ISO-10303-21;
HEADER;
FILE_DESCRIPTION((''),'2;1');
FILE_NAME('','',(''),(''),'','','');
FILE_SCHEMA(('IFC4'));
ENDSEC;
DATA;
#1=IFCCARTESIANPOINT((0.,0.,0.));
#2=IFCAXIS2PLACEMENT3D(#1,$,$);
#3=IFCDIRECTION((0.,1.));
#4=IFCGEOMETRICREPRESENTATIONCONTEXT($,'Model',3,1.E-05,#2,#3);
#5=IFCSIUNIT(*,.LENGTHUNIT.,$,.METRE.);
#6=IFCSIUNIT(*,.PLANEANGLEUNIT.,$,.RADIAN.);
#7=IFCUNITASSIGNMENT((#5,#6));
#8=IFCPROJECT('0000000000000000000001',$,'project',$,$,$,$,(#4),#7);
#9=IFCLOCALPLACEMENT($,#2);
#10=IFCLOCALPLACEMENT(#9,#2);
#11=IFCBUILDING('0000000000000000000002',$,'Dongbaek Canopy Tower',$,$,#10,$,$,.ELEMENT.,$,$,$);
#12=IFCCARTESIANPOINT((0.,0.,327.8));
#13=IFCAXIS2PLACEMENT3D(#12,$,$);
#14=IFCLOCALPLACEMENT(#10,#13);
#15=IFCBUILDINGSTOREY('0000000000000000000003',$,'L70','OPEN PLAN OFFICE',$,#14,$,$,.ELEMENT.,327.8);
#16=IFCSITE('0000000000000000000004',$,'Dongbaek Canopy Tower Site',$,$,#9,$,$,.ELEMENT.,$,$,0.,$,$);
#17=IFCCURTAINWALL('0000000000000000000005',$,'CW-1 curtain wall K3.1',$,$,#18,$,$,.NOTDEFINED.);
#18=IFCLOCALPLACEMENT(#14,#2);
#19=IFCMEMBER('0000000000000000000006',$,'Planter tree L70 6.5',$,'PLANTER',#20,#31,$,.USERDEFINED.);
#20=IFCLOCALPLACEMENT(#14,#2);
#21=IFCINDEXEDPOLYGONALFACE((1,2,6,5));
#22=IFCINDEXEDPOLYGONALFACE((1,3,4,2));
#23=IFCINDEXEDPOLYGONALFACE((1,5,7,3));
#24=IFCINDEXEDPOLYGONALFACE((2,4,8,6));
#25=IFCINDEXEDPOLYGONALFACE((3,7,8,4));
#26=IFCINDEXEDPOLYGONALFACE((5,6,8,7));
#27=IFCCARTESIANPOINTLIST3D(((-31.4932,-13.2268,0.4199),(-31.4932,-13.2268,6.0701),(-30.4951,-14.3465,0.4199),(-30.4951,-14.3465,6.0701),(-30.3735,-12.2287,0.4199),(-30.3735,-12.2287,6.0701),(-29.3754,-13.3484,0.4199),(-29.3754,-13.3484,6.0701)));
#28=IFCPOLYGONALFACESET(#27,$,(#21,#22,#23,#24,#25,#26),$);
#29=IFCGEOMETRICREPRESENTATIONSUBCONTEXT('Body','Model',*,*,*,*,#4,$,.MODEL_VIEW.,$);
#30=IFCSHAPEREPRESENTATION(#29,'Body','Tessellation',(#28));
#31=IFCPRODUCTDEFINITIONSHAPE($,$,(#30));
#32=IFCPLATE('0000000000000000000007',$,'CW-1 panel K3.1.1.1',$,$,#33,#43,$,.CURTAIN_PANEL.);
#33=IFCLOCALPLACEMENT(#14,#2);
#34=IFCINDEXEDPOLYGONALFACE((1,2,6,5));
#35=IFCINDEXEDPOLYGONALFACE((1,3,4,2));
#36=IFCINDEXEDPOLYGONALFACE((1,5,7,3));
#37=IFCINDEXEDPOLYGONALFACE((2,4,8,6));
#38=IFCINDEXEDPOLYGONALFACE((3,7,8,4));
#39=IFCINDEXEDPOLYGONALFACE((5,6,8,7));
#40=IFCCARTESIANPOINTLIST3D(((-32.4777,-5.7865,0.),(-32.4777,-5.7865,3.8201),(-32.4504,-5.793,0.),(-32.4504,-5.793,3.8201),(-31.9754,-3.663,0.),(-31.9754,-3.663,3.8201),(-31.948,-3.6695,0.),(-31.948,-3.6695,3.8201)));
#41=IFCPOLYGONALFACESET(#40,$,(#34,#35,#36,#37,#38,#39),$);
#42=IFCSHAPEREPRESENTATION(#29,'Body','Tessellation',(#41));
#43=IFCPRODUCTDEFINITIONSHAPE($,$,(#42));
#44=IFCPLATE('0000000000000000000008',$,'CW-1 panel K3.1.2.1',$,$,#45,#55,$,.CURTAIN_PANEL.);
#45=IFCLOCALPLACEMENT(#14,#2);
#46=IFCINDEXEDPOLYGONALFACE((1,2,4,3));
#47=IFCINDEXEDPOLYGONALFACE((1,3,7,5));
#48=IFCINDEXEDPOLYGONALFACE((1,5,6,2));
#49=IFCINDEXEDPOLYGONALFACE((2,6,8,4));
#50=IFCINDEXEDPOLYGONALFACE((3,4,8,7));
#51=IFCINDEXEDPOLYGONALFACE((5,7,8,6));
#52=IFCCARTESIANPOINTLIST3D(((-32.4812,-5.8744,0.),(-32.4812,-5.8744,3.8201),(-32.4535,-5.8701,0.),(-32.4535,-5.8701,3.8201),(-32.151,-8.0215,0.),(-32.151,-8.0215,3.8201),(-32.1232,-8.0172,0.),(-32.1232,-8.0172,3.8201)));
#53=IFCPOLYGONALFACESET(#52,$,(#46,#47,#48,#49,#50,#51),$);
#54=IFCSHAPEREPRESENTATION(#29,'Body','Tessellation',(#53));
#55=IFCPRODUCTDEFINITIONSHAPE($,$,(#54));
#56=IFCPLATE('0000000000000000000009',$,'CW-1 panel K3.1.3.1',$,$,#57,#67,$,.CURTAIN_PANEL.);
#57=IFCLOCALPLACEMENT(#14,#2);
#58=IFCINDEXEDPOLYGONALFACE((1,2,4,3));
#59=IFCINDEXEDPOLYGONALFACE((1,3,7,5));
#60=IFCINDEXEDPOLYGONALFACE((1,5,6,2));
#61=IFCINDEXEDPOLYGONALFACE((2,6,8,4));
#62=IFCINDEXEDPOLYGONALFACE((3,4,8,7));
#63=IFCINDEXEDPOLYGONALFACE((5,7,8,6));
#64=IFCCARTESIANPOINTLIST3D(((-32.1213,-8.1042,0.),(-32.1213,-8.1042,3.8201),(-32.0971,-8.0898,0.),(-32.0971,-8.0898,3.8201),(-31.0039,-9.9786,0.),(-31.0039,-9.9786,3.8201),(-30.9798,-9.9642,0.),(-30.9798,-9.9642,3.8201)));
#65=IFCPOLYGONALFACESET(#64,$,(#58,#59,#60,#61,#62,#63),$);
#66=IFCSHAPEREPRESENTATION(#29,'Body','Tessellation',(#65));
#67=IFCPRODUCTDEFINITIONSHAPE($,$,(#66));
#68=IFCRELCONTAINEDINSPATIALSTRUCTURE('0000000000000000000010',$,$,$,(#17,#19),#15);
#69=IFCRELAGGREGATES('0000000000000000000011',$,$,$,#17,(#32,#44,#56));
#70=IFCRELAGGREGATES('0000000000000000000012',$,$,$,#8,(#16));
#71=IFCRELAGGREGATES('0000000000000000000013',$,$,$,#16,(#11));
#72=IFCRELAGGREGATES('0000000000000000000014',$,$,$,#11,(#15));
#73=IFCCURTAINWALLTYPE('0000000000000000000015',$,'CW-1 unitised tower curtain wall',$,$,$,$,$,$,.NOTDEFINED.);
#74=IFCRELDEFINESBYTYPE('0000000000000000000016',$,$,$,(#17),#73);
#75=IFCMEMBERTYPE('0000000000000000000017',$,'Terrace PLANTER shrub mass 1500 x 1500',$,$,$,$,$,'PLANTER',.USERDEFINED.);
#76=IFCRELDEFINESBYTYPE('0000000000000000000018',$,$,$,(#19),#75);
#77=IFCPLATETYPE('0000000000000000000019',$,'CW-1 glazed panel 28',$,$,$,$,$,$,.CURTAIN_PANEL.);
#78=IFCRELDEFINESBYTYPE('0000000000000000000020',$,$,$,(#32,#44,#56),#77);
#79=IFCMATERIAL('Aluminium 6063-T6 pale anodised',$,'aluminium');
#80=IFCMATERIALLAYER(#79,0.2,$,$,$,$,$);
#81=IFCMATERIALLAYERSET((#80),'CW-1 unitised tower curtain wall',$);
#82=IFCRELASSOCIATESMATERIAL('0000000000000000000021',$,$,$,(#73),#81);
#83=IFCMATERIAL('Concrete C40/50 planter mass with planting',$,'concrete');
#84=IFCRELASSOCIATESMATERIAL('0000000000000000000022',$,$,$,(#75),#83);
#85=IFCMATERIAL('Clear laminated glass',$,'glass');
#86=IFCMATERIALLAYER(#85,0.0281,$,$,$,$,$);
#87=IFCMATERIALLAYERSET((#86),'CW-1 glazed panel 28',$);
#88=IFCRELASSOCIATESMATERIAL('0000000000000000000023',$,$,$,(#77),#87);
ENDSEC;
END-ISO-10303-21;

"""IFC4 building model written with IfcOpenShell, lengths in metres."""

from ifc_helpers import new_model, si_unit, direction, frame, origin, origin_2d, place, context, subcontext, project, spatial, rectangle, extrude, material, layer, layer_set, material_profile, profile_set, type_object, element, aggregate, save


model = new_model("IFC4")

# Units and contexts
model_context = context("Model", 3, precision=1e-05, world=origin(), true_north=direction((0.0, 1.0)))
body_context = subcontext(model_context, "Body", "Model", "MODEL_VIEW")
ifc_project = project(units=[si_unit("LENGTHUNIT", "METRE"), si_unit("PLANEANGLEUNIT", "RADIAN")], contexts=[model_context])

# Site, building, storey
site_placement = place(None, origin())
site = spatial("IfcSite", under=ifc_project, at=site_placement, Name="Dongbaek Canopy Tower Site", CompositionType="ELEMENT", RefElevation=0.0)
building_placement = place(site_placement, origin())
building = spatial("IfcBuilding", under=site, at=building_placement, Name="Dongbaek Canopy Tower", CompositionType="ELEMENT")
storey_placement = place(building_placement, frame((0.0, 0.0, 327.8)))
storey = spatial("IfcBuildingStorey", under=building, at=storey_placement, Name="L70", Description="OPEN PLAN OFFICE", CompositionType="ELEMENT", Elevation=327.8)

# Curtain wall
ifc_material_1 = material(Name="Aluminium 6063-T6 pale anodised", Category="aluminium")
ifc_layer_1 = layer(ifc_material_1, 0.2)
ifc_layer_set_1 = layer_set([ifc_layer_1], Name="CW-1 unitised tower curtain wall")
curtain_wall_type = type_object("IfcCurtainWallType", Name="CW-1 unitised tower curtain wall", PredefinedType="NOTDEFINED", material=ifc_layer_set_1)
curtain_wall_placement = place(storey_placement, origin())
curtain_wall = element("IfcCurtainWall", 1, at=curtain_wall_placement, inside=storey, type_object=curtain_wall_type, Name="CW-1 curtain wall K3.1", PredefinedType="NOTDEFINED")

# Member
ifc_material_2 = material(Name="Concrete C40/50 planter mass with planting", Category="concrete")
ifc_material_profile_1 = material_profile(ifc_material_2, rectangle(XDim=1.5, YDim=1.5, at=origin_2d()), Name="Terrace PLANTER shrub mass 1500 x 1500")
ifc_profile_set_1 = profile_set([ifc_material_profile_1], Name="Concrete C40/50 planter mass with planting")
member_type_1 = type_object("IfcMemberType", Name="Terrace PLANTER shrub mass 1500 x 1500", ElementType="PLANTER", PredefinedType="USERDEFINED", material=ifc_profile_set_1)
member_1_placement = place(storey_placement, frame((-30.4343, -13.2876, 0.4199), z_axis=(0.0, 0.0, 1.0), x_axis=(-0.746479, -0.665409, 0.0)))
element("IfcMember", 2, at=member_1_placement, inside=storey, type_object=member_type_1, Name="Planter tree L70 6.5", ObjectType="PLANTER", PredefinedType="USERDEFINED", context=body_context, shape_type="SweptSolid", body=[
    extrude(rectangle(XDim=1.5, YDim=1.5, at=origin_2d()), origin(), (0.0, 0.0, 1.0), 5.6501),
])

# Plates
ifc_material_3 = material(Name="Clear laminated glass", Category="glass")
ifc_layer_2 = layer(ifc_material_3, 0.0281)
ifc_layer_set_2 = layer_set([ifc_layer_2], Name="CW-1 glazed panel 28")
plate_type = type_object("IfcPlateType", Name="CW-1 glazed panel 28", PredefinedType="CURTAIN_PANEL", material=ifc_layer_set_2)
plate_1_placement = place(storey_placement, frame((-32.2129, -4.728, 0.0), z_axis=(0.0, 0.0, 1.0), x_axis=(-0.230232, -0.973136, 0.0)))
plate_1 = element("IfcPlate", 3, at=plate_1_placement, type_object=plate_type, Name="CW-1 panel K3.1.1.1", PredefinedType="CURTAIN_PANEL", context=body_context, shape_type="SweptSolid", body=[
    extrude(rectangle(XDim=2.1821, YDim=0.0281, at=origin_2d()), origin(), (0.0, 0.0, 1.0), 3.8201),
])
plate_2_placement = place(storey_placement, frame((-32.3022, -6.9458, 0.0), z_axis=(0.0, 0.0, 1.0), x_axis=(0.152024, -0.988377, 0.0)))
plate_2 = element("IfcPlate", 4, at=plate_2_placement, type_object=plate_type, Name="CW-1 panel K3.1.2.1", PredefinedType="CURTAIN_PANEL", context=body_context, shape_type="SweptSolid", body=[
    extrude(rectangle(XDim=2.1724, YDim=0.0281, at=origin_2d()), origin(), (0.0, 0.0, 1.0), 3.8201),
])
plate_3_placement = place(storey_placement, frame((-31.5505, -9.0342, 0.0), z_axis=(0.0, 0.0, 1.0), x_axis=(0.512031, -0.858967, 0.0)))
plate_3 = element("IfcPlate", 5, at=plate_3_placement, type_object=plate_type, Name="CW-1 panel K3.1.3.1", PredefinedType="CURTAIN_PANEL", context=body_context, shape_type="SweptSolid", body=[
    extrude(rectangle(XDim=2.1821, YDim=0.0281, at=origin_2d()), origin(), (0.0, 0.0, 1.0), 3.8201),
])
aggregate(curtain_wall, [plate_1, plate_2, plate_3])

save(model, "model.ifc")
